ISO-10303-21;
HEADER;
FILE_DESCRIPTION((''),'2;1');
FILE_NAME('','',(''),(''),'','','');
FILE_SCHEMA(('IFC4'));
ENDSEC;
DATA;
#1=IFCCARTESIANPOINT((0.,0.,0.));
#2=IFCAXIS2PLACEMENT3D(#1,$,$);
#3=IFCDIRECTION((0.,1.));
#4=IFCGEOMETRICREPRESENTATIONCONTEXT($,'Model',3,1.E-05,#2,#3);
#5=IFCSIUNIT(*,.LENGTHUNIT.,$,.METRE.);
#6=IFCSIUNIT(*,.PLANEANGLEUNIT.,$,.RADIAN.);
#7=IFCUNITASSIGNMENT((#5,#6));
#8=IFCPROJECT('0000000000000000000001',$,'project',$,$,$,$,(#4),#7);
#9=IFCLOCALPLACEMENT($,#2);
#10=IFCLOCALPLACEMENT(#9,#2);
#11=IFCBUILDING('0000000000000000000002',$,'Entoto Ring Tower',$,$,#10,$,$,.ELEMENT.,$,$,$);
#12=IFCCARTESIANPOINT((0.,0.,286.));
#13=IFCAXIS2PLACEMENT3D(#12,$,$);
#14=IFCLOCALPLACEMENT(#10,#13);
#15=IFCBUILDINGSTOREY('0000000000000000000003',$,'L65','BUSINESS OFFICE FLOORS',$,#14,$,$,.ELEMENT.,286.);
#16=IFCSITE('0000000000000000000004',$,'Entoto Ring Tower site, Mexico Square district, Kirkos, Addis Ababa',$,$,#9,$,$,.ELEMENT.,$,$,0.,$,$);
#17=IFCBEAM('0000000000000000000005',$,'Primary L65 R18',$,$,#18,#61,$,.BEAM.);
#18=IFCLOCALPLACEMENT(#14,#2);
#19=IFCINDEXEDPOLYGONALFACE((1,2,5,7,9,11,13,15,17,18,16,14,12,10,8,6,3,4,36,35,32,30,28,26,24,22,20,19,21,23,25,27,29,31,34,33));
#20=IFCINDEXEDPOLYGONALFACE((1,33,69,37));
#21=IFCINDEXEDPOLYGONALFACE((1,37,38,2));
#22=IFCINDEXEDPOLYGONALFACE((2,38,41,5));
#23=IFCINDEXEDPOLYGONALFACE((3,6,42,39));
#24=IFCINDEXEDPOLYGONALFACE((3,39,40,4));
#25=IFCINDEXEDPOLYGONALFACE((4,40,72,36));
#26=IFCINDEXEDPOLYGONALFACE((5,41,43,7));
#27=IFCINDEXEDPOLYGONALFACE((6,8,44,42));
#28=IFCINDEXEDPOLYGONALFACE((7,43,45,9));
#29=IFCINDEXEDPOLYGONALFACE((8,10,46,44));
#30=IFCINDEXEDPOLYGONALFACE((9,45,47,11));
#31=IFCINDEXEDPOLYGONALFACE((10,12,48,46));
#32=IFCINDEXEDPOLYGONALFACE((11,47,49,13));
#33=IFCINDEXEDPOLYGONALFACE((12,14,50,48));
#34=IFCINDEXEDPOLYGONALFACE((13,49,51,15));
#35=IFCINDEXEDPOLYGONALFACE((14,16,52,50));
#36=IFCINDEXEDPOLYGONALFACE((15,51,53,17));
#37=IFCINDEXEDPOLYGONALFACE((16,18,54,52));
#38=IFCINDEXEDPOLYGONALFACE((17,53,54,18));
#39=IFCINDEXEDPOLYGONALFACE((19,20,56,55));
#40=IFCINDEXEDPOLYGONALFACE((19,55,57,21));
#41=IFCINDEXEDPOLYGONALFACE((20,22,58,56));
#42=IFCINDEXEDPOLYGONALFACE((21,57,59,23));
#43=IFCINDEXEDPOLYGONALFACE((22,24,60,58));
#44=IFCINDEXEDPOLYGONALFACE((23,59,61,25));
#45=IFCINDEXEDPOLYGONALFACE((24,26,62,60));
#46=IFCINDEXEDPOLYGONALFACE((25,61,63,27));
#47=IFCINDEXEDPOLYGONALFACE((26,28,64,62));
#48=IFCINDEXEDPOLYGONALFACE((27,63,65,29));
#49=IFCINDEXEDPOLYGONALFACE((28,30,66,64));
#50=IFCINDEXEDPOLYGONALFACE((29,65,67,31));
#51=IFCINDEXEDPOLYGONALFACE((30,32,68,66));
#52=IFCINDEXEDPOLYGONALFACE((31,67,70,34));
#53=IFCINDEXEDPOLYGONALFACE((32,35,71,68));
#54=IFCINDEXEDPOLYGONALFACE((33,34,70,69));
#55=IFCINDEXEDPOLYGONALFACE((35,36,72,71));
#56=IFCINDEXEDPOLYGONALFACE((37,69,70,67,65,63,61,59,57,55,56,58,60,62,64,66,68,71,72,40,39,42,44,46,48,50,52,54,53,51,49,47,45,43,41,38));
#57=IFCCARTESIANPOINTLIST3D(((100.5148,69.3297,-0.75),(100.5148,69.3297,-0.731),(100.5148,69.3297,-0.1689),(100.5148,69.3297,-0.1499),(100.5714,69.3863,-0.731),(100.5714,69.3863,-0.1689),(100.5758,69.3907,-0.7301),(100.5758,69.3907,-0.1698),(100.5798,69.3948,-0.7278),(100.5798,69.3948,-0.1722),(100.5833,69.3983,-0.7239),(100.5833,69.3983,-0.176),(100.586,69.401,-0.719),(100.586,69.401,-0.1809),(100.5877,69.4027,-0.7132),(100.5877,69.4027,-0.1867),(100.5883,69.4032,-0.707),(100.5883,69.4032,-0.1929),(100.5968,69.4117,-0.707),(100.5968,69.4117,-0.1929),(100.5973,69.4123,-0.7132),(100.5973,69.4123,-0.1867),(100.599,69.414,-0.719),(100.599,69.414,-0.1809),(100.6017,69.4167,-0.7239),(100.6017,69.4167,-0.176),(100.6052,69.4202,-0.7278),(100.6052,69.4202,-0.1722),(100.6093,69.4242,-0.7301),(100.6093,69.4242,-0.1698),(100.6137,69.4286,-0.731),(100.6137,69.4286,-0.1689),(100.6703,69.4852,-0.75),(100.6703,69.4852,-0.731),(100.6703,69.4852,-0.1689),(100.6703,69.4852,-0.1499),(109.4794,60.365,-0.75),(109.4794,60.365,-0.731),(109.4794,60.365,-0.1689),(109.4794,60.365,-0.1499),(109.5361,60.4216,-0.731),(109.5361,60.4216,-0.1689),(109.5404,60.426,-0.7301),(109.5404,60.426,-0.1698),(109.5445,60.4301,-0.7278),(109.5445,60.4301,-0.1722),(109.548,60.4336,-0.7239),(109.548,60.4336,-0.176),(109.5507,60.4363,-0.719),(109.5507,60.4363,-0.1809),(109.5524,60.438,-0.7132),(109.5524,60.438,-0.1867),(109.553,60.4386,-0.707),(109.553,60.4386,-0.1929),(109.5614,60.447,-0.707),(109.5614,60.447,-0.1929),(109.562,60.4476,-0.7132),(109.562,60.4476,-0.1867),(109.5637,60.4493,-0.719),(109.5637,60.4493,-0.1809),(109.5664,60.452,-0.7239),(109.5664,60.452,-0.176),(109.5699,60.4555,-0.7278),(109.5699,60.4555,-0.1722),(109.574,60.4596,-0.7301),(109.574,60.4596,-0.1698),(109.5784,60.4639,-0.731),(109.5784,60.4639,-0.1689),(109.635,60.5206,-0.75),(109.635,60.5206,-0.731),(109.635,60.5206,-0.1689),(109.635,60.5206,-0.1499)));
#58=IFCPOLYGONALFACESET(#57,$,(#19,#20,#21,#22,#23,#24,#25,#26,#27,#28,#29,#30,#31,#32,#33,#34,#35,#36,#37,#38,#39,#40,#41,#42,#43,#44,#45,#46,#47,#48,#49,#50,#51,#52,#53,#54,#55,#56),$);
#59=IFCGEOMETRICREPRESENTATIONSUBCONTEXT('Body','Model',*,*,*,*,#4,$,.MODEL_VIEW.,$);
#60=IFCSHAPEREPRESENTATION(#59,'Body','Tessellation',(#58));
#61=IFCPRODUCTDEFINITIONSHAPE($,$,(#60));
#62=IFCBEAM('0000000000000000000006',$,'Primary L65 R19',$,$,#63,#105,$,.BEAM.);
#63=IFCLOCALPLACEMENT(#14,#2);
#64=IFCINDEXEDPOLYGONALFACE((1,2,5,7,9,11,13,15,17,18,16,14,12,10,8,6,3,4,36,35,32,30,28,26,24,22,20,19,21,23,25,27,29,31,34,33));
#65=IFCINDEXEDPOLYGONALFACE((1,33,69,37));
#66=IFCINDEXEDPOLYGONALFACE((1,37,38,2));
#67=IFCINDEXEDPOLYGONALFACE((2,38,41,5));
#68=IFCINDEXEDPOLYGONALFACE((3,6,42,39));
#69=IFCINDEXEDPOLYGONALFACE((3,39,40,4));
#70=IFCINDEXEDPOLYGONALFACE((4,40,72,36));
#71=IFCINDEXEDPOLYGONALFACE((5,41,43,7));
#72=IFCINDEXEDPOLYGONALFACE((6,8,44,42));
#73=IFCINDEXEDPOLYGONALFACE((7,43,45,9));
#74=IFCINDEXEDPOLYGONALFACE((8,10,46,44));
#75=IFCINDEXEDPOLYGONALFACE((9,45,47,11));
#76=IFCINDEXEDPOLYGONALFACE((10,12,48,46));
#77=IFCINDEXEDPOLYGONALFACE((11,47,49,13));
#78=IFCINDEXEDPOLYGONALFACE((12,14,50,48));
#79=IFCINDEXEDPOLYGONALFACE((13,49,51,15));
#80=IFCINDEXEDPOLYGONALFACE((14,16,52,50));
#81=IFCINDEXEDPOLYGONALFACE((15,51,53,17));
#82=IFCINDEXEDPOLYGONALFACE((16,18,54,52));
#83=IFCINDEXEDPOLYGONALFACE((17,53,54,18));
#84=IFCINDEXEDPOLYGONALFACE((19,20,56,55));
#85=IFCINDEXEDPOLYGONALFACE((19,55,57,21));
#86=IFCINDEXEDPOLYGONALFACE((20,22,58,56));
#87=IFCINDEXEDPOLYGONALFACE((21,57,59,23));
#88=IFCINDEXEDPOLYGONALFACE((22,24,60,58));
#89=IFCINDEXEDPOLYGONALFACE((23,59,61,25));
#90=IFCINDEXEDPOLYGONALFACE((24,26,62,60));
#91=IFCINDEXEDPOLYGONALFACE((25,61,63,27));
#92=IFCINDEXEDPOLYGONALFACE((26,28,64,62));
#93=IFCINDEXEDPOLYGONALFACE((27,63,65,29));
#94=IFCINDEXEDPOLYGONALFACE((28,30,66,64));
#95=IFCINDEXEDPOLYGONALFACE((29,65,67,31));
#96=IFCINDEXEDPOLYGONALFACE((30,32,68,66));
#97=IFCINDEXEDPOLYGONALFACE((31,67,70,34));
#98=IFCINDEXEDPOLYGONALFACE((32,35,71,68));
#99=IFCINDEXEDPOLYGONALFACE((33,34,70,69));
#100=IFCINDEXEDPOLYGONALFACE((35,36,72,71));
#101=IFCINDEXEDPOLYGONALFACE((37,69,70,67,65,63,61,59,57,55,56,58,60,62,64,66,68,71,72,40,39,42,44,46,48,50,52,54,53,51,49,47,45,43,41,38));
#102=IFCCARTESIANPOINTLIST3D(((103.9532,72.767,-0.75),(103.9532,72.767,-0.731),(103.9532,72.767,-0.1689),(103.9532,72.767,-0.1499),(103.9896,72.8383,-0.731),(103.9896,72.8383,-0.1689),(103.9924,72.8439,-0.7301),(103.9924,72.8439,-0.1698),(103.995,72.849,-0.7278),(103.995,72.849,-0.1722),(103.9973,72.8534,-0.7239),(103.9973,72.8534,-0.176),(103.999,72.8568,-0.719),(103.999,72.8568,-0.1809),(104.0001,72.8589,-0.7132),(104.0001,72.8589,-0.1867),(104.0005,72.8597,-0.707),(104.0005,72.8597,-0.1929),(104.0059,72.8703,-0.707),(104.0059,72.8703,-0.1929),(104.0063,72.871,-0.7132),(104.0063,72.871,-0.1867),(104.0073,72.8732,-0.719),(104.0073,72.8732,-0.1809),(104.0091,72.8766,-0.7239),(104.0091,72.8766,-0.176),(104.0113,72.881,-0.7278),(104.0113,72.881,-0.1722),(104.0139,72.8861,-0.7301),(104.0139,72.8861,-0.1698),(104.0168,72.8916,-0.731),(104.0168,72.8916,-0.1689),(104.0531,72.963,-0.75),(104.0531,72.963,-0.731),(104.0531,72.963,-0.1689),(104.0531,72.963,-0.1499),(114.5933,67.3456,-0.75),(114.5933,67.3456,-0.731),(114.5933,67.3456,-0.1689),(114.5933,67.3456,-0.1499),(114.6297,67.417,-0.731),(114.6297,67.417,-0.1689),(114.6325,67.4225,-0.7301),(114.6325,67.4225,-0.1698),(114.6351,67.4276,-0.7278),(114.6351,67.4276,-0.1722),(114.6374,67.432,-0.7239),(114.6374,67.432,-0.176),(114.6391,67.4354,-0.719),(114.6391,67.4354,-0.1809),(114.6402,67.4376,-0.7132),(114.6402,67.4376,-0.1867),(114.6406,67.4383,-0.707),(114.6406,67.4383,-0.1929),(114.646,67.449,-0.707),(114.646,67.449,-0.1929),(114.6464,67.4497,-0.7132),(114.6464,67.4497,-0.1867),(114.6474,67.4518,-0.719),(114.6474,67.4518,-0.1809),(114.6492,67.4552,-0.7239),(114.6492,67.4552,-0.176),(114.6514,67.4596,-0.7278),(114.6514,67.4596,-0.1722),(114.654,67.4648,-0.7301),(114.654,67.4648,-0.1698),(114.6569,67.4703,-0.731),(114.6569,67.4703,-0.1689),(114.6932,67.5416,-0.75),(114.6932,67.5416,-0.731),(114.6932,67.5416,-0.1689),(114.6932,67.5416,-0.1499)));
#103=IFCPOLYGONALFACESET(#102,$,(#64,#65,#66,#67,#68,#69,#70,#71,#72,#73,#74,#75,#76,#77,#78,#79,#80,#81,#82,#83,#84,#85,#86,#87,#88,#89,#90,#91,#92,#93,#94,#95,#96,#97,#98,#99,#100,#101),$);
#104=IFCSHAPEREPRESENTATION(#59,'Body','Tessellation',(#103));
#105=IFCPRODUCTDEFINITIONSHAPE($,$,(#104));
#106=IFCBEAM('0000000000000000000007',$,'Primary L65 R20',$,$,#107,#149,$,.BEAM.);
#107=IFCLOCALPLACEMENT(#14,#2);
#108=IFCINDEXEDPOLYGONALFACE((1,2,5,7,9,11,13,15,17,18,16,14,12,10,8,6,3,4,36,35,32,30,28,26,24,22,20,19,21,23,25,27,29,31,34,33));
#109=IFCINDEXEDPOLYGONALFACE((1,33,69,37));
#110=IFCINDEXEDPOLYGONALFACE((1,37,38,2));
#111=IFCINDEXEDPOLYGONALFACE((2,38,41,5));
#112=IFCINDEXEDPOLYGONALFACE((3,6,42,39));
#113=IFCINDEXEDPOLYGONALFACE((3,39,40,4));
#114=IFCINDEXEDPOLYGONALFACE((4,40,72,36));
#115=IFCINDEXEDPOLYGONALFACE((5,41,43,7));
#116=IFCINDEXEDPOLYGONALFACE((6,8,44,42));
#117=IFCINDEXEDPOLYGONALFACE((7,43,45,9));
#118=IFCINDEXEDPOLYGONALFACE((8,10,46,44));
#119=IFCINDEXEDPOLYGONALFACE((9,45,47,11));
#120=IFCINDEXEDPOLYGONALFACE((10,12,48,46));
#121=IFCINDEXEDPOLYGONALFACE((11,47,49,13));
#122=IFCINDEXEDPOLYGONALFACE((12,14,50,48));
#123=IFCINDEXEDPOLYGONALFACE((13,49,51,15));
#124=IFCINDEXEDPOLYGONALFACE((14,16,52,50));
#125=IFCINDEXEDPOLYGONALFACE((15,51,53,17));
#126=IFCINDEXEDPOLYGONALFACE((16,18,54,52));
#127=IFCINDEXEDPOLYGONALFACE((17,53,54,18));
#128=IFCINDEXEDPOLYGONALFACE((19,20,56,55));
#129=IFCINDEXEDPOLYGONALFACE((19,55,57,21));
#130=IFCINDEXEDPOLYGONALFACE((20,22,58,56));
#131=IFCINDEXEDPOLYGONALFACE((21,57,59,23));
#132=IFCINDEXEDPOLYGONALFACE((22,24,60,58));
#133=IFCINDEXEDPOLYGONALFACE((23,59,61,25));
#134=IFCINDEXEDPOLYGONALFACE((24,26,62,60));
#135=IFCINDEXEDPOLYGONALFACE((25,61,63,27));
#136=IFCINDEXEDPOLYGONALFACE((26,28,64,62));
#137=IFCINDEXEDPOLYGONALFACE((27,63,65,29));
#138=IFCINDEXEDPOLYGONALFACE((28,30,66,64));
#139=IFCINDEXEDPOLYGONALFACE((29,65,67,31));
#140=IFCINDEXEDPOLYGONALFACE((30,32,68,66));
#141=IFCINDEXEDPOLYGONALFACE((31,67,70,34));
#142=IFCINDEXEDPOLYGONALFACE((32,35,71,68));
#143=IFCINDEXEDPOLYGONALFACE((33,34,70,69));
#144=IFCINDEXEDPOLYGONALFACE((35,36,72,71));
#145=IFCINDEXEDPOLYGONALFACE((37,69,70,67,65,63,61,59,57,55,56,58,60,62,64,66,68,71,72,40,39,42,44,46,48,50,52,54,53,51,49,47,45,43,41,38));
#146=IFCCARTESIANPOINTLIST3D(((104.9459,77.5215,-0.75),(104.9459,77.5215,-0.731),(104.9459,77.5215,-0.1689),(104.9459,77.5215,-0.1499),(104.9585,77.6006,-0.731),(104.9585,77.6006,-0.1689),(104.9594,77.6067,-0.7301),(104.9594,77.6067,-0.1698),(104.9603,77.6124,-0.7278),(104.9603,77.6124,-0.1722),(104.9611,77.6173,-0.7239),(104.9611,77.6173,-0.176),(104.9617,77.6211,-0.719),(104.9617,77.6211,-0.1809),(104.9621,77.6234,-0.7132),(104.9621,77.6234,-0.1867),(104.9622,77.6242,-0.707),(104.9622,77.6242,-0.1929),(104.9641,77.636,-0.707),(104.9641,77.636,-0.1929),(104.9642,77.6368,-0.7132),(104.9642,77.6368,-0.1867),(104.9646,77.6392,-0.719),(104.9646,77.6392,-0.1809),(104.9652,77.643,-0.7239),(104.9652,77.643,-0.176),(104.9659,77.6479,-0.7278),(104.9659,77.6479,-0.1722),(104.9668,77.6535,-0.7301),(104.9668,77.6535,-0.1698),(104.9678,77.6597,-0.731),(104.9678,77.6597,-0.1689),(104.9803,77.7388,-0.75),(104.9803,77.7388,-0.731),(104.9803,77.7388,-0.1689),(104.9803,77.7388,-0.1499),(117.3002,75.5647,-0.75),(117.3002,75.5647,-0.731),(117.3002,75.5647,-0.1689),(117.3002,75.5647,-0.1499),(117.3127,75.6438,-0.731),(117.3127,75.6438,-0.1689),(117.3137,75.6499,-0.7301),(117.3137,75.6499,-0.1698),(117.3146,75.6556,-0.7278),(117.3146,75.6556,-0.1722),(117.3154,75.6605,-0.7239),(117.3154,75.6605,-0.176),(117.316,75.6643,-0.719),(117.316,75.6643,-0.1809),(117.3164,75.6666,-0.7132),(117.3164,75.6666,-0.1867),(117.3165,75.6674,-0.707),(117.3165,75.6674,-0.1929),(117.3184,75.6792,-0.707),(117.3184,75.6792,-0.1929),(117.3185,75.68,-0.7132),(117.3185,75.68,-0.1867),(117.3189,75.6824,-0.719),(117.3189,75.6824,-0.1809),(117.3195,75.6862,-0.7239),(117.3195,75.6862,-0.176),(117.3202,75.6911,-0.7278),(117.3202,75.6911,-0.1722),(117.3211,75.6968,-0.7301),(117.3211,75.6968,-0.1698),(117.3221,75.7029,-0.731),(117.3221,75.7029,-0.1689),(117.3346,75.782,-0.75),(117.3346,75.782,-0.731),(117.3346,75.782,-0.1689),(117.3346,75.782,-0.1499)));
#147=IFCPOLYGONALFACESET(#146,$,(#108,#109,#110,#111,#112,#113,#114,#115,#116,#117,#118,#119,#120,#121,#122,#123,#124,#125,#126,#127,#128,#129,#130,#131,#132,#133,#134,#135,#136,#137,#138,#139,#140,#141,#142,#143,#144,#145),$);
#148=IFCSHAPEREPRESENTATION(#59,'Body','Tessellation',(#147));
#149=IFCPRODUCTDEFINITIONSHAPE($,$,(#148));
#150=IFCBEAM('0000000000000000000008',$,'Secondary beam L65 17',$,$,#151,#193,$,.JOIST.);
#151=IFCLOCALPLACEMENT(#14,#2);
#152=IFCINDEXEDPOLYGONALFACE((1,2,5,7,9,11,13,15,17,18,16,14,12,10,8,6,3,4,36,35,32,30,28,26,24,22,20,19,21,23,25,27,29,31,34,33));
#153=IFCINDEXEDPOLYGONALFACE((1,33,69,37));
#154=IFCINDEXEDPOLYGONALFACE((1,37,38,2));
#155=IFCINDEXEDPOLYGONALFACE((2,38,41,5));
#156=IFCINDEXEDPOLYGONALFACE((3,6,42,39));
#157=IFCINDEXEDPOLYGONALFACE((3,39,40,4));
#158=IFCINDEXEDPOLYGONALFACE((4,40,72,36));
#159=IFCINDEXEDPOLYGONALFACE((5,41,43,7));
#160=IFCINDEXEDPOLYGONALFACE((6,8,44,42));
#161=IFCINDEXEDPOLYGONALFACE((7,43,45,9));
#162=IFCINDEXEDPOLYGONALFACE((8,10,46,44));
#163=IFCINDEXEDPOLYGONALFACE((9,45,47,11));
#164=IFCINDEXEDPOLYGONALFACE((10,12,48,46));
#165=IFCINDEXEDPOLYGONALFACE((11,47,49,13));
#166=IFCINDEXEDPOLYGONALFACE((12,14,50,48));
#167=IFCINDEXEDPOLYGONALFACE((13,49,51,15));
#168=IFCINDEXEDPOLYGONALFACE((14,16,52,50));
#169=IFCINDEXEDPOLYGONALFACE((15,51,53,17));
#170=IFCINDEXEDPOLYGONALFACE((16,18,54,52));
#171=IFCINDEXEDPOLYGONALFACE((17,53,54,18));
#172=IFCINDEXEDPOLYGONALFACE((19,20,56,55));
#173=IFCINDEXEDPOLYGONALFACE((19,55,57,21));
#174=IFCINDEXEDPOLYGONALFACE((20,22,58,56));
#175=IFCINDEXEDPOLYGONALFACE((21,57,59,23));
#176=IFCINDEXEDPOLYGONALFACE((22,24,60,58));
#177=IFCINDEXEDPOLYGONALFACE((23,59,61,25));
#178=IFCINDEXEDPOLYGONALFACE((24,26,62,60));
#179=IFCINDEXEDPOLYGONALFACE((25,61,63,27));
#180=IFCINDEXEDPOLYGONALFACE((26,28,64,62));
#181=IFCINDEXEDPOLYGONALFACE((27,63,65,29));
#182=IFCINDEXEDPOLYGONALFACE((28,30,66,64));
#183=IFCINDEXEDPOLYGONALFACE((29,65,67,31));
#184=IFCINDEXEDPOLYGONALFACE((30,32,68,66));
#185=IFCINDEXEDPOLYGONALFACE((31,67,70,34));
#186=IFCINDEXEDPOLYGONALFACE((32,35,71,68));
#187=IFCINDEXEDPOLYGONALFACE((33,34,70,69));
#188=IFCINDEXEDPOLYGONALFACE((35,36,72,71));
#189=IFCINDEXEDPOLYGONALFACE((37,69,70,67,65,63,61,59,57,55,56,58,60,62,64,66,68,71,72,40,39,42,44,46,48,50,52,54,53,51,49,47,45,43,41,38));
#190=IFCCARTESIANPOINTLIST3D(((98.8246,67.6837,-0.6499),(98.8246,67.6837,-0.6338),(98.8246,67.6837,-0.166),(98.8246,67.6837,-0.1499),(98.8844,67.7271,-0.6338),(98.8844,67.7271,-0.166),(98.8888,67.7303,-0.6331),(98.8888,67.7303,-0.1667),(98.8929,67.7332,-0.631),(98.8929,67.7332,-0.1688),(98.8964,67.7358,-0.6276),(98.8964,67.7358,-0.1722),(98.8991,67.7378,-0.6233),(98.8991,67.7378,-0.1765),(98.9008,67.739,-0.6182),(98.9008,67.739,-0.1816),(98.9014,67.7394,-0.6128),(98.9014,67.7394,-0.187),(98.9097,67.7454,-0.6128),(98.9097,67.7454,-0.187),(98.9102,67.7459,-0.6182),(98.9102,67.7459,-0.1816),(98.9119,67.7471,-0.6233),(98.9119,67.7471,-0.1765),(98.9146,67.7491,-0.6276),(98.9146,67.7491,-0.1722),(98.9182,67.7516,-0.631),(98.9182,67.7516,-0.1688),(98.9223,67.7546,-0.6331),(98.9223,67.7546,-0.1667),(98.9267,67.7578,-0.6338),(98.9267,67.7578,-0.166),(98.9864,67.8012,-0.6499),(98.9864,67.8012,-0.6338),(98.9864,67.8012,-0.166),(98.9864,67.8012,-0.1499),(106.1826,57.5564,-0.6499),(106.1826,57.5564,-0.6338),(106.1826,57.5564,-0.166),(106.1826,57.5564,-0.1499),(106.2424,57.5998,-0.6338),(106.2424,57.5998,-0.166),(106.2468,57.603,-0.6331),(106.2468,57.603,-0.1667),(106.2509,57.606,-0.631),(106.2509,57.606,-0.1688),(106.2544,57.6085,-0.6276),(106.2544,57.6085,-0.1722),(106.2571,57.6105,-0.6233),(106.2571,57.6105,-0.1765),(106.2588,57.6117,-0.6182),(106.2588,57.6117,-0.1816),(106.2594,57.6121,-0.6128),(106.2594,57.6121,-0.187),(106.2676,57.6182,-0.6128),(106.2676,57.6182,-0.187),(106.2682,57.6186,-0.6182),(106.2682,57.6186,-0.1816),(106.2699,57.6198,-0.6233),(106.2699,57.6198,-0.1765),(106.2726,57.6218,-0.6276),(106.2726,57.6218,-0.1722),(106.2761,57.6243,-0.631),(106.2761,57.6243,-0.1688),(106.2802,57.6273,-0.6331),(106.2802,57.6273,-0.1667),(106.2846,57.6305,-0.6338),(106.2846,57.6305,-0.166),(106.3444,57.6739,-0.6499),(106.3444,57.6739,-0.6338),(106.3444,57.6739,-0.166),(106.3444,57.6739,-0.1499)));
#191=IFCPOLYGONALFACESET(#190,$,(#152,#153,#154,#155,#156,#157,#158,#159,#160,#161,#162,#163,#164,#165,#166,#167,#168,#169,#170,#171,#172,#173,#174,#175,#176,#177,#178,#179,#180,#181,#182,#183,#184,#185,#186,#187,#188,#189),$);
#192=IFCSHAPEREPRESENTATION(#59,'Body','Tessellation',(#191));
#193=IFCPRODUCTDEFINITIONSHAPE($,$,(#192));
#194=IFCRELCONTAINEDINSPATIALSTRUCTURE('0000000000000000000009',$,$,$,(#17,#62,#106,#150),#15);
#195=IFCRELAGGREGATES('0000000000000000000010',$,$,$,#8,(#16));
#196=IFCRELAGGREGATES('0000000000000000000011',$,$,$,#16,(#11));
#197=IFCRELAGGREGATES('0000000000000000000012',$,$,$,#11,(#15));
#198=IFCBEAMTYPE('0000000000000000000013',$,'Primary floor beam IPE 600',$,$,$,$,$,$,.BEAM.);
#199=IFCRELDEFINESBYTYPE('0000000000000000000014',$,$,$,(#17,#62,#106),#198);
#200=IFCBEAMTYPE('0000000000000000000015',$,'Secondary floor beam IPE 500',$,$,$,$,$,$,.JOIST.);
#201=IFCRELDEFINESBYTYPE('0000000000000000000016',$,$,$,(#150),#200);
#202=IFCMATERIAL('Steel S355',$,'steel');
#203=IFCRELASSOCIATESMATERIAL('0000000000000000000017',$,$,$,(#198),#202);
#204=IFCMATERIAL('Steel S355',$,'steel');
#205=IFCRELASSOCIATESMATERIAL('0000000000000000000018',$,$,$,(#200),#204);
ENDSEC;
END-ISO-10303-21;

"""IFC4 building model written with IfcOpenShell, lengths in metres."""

from ifc_helpers import new_model, si_unit, direction, frame, origin, origin_2d, place, context, subcontext, project, spatial, i_section, extrude, material, material_profile, profile_set, type_object, element, save


model = new_model("IFC4")

# Units and contexts
model_context = context("Model", 3, precision=1e-05, world=origin(), true_north=direction((0.0, 1.0)))
body_context = subcontext(model_context, "Body", "Model", "MODEL_VIEW")
ifc_project = project(units=[si_unit("LENGTHUNIT", "METRE"), si_unit("PLANEANGLEUNIT", "RADIAN")], contexts=[model_context])

# Site, building, storey
site_placement = place(None, origin())
site = spatial("IfcSite", under=ifc_project, at=site_placement, Name="Entoto Ring Tower site, Mexico Square district, Kirkos, Addis Ababa", CompositionType="ELEMENT", RefElevation=0.0)
building_placement = place(site_placement, origin())
building = spatial("IfcBuilding", under=site, at=building_placement, Name="Entoto Ring Tower", CompositionType="ELEMENT")
storey_placement = place(building_placement, frame((0.0, 0.0, 286.0)))
storey = spatial("IfcBuildingStorey", under=building, at=storey_placement, Name="L65", Description="BUSINESS OFFICE FLOORS", CompositionType="ELEMENT", Elevation=286.0)

# Beams
ifc_material_1 = material(Name="Steel S355", Category="steel")
ifc_material_profile_1 = material_profile(ifc_material_1, i_section(OverallWidth=0.22, OverallDepth=0.6001, WebThickness=0.012, FlangeThickness=0.019, FilletRadius=0.0239, at=origin_2d()), Name="IPE 600")
ifc_profile_set_1 = profile_set([ifc_material_profile_1], Name="Steel S355")
beam_type_1 = type_object("IfcBeamType", Name="Primary floor beam IPE 600", PredefinedType="BEAM", material=ifc_profile_set_1)
beam_1_placement = place(storey_placement, frame((100.5925, 69.4075, -0.45), z_axis=(0.707107, -0.707107, 0.0), x_axis=(0.707107, 0.707107, 0.0)))
element("IfcBeam", 1, at=beam_1_placement, inside=storey, type_object=beam_type_1, Name="Primary L65 R18", PredefinedType="BEAM", context=body_context, shape_type="SweptSolid", body=[
    extrude(i_section(OverallWidth=0.22, OverallDepth=0.6001, WebThickness=0.012, FlangeThickness=0.019, FilletRadius=0.0239, at=origin_2d()), origin(), (0.0, 0.0, 1.0), 12.678),
])
beam_2_placement = place(storey_placement, frame((104.0032, 72.865, -0.45), z_axis=(0.891008, -0.453988, 0.0), x_axis=(0.453988, 0.891008, 0.0)))
element("IfcBeam", 2, at=beam_2_placement, inside=storey, type_object=beam_type_1, Name="Primary L65 R19", PredefinedType="BEAM", context=body_context, shape_type="SweptSolid", body=[
    extrude(i_section(OverallWidth=0.22, OverallDepth=0.6001, WebThickness=0.012, FlangeThickness=0.019, FilletRadius=0.0239, at=origin_2d()), origin(), (0.0, 0.0, 1.0), 11.9417),
])
beam_3_placement = place(storey_placement, frame((104.9631, 77.6301, -0.45), z_axis=(0.987688, -0.15644, 0.0), x_axis=(0.15644, 0.987688, 0.0)))
element("IfcBeam", 3, at=beam_3_placement, inside=storey, type_object=beam_type_1, Name="Primary L65 R20", PredefinedType="BEAM", context=body_context, shape_type="SweptSolid", body=[
    extrude(i_section(OverallWidth=0.22, OverallDepth=0.6001, WebThickness=0.012, FlangeThickness=0.019, FilletRadius=0.0239, at=origin_2d()), origin(), (0.0, 0.0, 1.0), 12.5083),
])
ifc_material_2 = material(Name="Steel S355", Category="steel")
ifc_material_profile_2 = material_profile(ifc_material_2, i_section(OverallWidth=0.2, OverallDepth=0.5, WebThickness=0.0103, FlangeThickness=0.0161, FilletRadius=0.021, at=origin_2d()), Name="IPE 500")
ifc_profile_set_2 = profile_set([ifc_material_profile_2], Name="Steel S355")
beam_type_2 = type_object("IfcBeamType", Name="Secondary floor beam IPE 500", PredefinedType="JOIST", material=ifc_profile_set_2)
for number, where, z_axis, x_axis, name in (
    (4, (98.9055, 67.7424, -0.3999), (0.587789, -0.809014, 0.0), (0.809014, 0.587789, 0.0), "Secondary beam L65 17"),
):
    element("IfcBeam", number, at=place(storey_placement, frame(where, z_axis=z_axis, x_axis=x_axis)), inside=storey, type_object=beam_type_2, Name=name, PredefinedType="JOIST", context=body_context, shape_type="SweptSolid", body=[
        extrude(i_section(OverallWidth=0.2, OverallDepth=0.5, WebThickness=0.0103, FlangeThickness=0.0161, FilletRadius=0.021, at=origin_2d()), origin(), (0.0, 0.0, 1.0), 12.5181),
    ])

save(model, "model.ifc")
